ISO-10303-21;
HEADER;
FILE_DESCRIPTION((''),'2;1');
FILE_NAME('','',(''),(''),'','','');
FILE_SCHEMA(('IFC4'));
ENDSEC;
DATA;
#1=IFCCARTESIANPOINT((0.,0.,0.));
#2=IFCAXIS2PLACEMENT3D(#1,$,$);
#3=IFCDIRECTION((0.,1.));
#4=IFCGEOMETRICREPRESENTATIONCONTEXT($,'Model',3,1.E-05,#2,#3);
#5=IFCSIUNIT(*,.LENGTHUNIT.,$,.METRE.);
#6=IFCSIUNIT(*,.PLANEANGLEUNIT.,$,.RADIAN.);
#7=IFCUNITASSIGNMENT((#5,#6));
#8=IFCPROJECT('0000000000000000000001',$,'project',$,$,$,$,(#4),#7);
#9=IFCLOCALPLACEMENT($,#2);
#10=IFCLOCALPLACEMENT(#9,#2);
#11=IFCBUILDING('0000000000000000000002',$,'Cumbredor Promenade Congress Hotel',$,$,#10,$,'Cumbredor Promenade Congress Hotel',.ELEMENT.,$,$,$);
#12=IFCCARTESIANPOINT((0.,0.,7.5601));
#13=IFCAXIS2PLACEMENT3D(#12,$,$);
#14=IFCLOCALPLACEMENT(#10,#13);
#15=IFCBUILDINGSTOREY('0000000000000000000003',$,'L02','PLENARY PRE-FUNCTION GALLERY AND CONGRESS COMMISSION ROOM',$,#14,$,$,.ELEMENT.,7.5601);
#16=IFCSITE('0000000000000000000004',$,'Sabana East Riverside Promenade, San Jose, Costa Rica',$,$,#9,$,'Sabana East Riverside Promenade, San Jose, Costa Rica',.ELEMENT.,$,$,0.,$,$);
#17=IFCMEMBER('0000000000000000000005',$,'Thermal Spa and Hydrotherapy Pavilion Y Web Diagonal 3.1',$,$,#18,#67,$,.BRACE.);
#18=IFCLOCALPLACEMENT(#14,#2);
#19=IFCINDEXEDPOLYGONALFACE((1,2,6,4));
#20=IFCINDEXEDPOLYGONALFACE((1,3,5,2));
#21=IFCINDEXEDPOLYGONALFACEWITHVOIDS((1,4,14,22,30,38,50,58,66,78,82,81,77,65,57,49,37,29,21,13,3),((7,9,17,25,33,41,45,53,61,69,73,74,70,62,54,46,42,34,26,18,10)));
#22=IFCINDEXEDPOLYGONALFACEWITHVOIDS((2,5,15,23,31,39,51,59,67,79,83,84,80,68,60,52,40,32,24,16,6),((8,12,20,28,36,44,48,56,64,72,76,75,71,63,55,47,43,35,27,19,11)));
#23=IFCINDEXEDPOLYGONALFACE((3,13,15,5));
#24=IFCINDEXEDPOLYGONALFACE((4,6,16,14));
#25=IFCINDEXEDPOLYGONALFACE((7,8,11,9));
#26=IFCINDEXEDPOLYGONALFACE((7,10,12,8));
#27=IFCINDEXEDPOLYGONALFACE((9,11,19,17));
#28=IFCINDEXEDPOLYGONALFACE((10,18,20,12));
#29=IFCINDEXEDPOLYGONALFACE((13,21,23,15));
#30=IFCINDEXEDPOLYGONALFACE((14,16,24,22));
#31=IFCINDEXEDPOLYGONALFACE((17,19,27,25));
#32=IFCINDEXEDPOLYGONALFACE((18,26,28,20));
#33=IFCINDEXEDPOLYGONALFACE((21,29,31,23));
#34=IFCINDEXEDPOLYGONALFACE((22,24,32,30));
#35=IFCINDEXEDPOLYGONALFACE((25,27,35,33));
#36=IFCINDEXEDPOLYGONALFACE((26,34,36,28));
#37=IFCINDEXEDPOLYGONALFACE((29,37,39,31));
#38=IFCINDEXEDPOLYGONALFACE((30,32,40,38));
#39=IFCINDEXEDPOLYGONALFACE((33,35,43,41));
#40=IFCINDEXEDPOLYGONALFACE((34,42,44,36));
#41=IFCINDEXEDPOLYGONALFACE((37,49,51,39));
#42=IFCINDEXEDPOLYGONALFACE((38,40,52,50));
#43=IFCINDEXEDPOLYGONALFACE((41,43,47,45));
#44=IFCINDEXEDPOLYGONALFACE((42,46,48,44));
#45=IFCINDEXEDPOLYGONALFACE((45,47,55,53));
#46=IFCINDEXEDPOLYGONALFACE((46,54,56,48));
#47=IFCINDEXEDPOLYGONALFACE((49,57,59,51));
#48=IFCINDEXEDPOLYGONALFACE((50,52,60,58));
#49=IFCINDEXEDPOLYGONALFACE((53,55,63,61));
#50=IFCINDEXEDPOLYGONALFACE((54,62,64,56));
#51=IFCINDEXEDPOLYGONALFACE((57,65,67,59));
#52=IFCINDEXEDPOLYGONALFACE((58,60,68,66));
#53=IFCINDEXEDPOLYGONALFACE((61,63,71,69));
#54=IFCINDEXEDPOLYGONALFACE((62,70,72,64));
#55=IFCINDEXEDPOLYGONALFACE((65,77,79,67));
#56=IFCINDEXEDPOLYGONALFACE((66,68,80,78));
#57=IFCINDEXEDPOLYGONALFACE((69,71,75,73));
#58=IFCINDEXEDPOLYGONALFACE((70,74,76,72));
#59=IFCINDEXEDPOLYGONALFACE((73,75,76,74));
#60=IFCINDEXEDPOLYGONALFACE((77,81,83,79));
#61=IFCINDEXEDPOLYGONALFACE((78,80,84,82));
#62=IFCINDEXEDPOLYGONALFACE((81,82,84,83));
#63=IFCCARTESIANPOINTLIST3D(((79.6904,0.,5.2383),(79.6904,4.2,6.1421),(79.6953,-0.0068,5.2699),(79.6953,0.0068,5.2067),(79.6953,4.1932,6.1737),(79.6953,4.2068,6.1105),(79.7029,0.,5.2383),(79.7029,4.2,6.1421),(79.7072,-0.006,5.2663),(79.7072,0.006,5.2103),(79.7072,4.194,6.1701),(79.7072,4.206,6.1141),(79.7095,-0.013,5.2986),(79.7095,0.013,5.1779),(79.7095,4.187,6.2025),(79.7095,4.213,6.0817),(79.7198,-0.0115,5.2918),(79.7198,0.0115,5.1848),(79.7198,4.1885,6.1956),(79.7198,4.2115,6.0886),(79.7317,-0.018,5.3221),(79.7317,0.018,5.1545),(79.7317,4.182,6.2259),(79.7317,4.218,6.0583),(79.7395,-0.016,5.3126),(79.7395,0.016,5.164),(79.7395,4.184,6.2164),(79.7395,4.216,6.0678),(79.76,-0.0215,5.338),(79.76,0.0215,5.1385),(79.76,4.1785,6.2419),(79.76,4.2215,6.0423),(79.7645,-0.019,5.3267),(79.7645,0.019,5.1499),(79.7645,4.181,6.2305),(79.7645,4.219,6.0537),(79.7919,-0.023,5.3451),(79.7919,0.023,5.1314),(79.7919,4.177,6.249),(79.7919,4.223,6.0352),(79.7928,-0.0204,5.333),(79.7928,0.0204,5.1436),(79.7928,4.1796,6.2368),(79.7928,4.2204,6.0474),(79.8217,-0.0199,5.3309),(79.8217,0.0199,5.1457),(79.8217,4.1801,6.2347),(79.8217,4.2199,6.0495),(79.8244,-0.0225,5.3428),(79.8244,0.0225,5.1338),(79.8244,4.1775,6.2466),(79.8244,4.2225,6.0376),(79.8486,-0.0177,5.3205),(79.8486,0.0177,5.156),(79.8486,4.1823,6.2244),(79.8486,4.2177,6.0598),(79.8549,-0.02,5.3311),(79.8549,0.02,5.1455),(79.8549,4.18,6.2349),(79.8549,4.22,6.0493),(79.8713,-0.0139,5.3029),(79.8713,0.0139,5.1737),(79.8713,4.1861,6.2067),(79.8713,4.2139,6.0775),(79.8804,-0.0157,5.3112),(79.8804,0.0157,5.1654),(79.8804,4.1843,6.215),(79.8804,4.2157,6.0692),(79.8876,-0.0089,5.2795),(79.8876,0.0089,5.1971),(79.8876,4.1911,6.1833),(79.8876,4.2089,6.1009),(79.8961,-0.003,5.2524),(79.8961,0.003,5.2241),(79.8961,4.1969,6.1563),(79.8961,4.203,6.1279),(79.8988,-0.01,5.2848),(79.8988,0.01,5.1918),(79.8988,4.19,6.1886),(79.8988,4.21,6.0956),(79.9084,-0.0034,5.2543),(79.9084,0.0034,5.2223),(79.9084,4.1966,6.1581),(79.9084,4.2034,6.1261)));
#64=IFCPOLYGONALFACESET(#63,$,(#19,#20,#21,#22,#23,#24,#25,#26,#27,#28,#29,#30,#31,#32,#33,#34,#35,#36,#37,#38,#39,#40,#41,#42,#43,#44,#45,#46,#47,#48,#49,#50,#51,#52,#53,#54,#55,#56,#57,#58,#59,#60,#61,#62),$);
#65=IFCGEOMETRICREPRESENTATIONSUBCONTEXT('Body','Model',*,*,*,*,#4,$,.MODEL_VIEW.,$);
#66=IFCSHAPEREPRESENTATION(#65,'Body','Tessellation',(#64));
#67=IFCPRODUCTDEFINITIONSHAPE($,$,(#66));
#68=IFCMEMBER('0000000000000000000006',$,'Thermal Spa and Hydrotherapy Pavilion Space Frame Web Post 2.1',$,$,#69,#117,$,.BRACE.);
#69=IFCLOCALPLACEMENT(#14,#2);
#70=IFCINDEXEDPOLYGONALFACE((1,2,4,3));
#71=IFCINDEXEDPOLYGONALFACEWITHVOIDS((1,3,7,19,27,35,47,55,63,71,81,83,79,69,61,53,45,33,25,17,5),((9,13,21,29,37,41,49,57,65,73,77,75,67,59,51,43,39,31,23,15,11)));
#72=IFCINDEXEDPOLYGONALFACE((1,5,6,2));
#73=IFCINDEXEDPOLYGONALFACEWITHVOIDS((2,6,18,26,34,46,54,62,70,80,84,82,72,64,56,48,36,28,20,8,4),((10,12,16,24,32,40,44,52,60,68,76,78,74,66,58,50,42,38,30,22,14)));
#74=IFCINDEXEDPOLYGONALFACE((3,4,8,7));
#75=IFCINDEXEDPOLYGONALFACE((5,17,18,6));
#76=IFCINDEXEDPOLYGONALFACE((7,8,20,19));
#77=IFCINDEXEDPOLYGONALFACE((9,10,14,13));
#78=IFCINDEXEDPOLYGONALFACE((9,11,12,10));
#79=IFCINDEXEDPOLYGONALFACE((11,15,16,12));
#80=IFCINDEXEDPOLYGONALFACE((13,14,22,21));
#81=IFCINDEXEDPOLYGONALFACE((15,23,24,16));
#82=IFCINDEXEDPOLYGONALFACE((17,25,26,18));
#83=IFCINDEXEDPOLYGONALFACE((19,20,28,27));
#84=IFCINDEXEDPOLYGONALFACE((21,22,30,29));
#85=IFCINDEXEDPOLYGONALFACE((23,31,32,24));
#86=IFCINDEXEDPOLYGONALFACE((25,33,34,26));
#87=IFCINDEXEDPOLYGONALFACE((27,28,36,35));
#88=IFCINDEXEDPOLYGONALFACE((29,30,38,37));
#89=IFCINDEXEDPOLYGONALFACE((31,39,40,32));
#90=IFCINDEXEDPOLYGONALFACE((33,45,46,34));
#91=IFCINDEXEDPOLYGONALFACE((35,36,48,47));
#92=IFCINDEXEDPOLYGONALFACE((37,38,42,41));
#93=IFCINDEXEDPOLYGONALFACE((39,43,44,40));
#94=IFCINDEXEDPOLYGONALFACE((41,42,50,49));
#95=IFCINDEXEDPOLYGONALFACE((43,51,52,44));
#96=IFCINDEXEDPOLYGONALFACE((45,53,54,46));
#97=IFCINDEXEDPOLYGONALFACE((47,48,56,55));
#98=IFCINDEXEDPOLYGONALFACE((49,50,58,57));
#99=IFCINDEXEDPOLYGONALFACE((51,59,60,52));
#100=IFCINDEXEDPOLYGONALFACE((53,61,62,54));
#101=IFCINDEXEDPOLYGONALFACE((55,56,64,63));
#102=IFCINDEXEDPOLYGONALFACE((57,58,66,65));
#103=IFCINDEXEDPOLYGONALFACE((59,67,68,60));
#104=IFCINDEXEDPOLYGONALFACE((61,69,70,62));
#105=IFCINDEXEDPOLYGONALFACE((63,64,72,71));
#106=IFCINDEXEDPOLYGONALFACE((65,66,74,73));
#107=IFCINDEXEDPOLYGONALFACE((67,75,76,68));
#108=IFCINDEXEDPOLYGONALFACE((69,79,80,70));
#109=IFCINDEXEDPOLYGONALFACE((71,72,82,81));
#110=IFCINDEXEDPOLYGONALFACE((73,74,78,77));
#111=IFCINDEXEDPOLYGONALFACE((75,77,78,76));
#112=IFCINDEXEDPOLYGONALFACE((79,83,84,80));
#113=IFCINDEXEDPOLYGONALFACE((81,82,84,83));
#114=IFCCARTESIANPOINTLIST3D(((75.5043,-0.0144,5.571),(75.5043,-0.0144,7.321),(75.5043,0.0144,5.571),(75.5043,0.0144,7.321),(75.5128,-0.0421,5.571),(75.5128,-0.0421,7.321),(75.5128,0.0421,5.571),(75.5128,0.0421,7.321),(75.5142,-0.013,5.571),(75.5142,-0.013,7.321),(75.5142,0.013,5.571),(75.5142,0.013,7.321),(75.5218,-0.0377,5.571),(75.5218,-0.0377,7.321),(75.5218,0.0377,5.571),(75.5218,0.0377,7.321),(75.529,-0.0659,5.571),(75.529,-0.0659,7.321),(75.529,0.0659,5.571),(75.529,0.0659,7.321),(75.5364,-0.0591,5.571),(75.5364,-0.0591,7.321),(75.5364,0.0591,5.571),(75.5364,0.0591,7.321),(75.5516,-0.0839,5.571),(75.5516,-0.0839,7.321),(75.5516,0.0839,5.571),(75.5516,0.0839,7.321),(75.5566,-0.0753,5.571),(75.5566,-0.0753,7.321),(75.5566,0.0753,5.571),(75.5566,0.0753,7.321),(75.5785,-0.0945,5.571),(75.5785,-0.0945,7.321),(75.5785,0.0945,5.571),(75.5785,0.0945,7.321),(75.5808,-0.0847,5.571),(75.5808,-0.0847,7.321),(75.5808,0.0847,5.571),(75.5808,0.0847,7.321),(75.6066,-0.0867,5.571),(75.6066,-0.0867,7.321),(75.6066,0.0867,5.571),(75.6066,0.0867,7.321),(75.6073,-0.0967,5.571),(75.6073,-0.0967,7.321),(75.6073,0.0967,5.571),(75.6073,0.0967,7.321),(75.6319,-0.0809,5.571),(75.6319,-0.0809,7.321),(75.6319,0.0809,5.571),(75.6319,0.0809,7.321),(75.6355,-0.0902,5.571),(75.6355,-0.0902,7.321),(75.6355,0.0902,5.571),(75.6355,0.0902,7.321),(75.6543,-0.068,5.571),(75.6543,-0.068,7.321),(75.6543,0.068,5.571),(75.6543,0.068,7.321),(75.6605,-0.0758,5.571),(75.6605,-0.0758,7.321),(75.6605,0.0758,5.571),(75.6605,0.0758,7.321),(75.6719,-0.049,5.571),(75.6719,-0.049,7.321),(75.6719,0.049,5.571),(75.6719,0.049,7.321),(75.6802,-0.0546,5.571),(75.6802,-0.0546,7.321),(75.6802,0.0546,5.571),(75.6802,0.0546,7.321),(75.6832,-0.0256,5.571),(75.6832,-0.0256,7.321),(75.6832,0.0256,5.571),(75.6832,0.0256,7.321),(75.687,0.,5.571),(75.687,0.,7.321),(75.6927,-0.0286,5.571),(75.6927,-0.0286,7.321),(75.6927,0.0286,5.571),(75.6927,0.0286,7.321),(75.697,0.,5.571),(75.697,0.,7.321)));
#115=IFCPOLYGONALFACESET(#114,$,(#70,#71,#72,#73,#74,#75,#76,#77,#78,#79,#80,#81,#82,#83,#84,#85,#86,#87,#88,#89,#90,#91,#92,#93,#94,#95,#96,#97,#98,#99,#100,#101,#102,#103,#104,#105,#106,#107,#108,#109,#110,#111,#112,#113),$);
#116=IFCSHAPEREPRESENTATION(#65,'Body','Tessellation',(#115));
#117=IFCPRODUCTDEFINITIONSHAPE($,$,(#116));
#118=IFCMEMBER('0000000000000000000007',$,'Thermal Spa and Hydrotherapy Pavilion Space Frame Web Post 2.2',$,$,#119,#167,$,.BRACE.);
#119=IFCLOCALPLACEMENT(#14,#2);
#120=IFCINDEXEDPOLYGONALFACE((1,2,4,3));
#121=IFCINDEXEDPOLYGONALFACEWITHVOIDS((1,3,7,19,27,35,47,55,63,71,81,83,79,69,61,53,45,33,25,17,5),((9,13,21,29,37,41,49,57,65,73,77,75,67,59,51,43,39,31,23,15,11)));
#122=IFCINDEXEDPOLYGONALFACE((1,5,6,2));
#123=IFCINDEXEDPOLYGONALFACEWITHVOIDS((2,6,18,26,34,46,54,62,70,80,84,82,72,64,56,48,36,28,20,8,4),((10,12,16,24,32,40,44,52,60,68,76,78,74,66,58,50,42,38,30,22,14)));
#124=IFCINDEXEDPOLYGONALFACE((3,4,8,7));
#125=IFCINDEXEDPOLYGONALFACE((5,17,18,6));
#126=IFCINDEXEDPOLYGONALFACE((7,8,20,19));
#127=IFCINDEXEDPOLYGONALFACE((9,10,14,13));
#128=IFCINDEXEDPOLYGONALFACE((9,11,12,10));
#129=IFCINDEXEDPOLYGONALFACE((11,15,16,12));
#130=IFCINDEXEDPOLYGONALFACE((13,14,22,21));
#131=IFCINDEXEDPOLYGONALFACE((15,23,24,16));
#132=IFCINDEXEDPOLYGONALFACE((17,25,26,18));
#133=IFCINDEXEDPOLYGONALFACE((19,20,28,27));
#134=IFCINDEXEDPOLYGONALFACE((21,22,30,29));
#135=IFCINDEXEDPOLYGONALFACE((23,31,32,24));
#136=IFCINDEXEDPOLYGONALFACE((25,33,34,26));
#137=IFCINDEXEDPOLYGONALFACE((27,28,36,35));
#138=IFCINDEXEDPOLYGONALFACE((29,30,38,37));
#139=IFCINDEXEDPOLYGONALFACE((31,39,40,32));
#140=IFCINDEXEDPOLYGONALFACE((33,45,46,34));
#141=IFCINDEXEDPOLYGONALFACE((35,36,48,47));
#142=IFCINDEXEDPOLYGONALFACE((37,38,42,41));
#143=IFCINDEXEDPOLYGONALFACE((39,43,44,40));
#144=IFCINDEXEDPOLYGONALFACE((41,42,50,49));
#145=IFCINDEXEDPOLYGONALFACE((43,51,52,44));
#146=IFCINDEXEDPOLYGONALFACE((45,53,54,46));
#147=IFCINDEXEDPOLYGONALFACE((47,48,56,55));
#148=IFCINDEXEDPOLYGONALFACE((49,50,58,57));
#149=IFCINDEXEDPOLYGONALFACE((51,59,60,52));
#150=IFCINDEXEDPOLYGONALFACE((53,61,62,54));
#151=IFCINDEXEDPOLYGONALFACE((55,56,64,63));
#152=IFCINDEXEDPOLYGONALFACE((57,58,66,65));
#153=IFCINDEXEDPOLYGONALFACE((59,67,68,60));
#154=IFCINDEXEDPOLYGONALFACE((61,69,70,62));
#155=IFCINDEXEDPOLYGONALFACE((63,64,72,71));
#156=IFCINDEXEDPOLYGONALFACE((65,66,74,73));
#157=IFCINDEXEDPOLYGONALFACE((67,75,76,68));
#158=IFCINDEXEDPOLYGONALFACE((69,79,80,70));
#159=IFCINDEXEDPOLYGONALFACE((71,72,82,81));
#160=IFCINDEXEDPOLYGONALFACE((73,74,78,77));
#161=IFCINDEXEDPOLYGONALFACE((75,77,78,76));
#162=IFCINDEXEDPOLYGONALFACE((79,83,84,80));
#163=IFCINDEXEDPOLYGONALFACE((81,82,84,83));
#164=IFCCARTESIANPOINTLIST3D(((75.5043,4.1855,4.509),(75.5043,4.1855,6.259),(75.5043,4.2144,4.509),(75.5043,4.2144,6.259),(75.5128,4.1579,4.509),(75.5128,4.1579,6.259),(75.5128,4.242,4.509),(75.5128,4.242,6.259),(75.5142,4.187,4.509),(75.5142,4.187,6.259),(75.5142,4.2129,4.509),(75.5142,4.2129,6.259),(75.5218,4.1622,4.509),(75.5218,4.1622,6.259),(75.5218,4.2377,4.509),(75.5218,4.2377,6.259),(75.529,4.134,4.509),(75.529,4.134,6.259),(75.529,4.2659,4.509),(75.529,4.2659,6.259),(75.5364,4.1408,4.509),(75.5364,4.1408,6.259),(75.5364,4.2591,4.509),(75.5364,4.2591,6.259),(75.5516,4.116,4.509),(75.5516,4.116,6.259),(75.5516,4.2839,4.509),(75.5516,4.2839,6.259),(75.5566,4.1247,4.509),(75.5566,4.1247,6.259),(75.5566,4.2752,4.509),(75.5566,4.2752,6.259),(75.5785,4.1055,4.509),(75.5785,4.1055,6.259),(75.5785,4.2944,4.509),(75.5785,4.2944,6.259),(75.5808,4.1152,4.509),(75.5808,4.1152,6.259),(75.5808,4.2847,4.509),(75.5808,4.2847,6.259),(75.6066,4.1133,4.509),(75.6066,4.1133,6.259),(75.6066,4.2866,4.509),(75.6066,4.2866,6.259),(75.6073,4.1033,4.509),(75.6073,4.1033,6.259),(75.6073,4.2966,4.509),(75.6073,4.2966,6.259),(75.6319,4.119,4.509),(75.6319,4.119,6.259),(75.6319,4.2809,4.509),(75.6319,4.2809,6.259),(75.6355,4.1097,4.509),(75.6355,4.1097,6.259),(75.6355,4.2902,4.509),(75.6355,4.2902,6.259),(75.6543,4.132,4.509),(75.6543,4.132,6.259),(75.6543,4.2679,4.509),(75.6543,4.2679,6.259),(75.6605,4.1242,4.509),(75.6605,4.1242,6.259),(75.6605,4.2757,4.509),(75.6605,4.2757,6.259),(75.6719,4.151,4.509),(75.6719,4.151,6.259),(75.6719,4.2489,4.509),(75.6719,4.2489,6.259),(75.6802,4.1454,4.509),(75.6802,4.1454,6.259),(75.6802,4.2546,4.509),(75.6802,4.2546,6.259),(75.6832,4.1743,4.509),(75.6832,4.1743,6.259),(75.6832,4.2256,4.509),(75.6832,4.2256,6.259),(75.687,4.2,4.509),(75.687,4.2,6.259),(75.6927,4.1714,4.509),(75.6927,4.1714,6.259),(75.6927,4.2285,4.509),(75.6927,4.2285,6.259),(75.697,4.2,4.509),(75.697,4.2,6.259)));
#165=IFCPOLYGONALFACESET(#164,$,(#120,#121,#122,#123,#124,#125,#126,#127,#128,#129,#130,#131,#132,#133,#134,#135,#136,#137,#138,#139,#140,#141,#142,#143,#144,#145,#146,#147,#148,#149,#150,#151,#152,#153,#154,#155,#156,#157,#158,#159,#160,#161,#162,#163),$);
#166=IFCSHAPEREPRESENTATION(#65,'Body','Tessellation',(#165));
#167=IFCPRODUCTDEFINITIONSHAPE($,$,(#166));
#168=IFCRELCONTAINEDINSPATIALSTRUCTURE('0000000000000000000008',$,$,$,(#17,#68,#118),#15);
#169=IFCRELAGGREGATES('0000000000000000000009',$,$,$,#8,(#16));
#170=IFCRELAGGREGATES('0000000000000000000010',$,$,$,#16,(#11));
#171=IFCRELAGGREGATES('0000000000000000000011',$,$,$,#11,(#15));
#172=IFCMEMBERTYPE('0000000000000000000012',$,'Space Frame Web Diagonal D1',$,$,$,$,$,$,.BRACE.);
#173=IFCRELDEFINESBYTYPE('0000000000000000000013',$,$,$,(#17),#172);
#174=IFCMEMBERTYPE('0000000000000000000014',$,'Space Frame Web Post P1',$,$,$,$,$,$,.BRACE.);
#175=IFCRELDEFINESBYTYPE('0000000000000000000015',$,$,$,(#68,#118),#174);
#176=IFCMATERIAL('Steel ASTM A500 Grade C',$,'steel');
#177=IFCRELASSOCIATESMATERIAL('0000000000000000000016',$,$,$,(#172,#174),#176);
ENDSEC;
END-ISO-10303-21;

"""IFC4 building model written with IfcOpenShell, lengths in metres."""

from ifc_helpers import new_model, si_unit, direction, frame, origin, origin_2d, place, context, subcontext, project, spatial, hollow_circle, extrude, material, material_profile, profile_set, type_object, element, save


model = new_model("IFC4")

# Units and contexts
model_context = context("Model", 3, precision=1e-05, world=origin(), true_north=direction((0.0, 1.0)))
body_context = subcontext(model_context, "Body", "Model", "MODEL_VIEW")
ifc_project = project(units=[si_unit("LENGTHUNIT", "METRE"), si_unit("PLANEANGLEUNIT", "RADIAN")], contexts=[model_context])

# Site, building, storey
site_placement = place(None, origin())
site = spatial("IfcSite", under=ifc_project, at=site_placement, Name="Sabana East Riverside Promenade, San Jose, Costa Rica", LongName="Sabana East Riverside Promenade, San Jose, Costa Rica", CompositionType="ELEMENT", RefElevation=0.0)
building_placement = place(site_placement, origin())
building = spatial("IfcBuilding", under=site, at=building_placement, Name="Cumbredor Promenade Congress Hotel", LongName="Cumbredor Promenade Congress Hotel", CompositionType="ELEMENT")
storey_placement = place(building_placement, frame((0.0, 0.0, 7.5601)))
storey = spatial("IfcBuildingStorey", under=building, at=storey_placement, Name="L02", Description="PLENARY PRE-FUNCTION GALLERY AND CONGRESS COMMISSION ROOM", CompositionType="ELEMENT", Elevation=7.5601)

# Members
ifc_material_1 = material(Name="Steel ASTM A500 Grade C", Category="steel")
ifc_material_profile_1 = material_profile(ifc_material_1, hollow_circle(Radius=0.1096, WallThickness=0.0125, at=origin_2d()), Name="CHS 219.1x12.5")
ifc_profile_set_1 = profile_set([ifc_material_profile_1], Name="Steel ASTM A500 Grade C")
member_type_1 = type_object("IfcMemberType", Name="Space Frame Web Diagonal D1", PredefinedType="BRACE", material=ifc_profile_set_1)
member_1_placement = place(storey_placement, frame((79.8, 0.0, 5.2383), z_axis=(0.0, 0.97762, 0.210379), x_axis=(-1.0, 0.0, 0.0)))
element("IfcMember", 1, at=member_1_placement, inside=storey, type_object=member_type_1, Name="Thermal Spa and Hydrotherapy Pavilion Y Web Diagonal 3.1", PredefinedType="BRACE", context=body_context, shape_type="SweptSolid", body=[
    extrude(hollow_circle(Radius=0.1096, WallThickness=0.0125, at=origin_2d()), origin(), (0.0, 0.0, 1.0), 4.2961),
])
ifc_material_profile_2 = material_profile(ifc_material_1, hollow_circle(Radius=0.0969, WallThickness=0.01, at=origin_2d()), Name="CHS 193.7x10")
ifc_profile_set_2 = profile_set([ifc_material_profile_2], Name="Steel ASTM A500 Grade C")
member_type_2 = type_object("IfcMemberType", Name="Space Frame Web Post P1", PredefinedType="BRACE", material=ifc_profile_set_2)
for number, where, z_axis, x_axis, name in (
    (2, (75.6001, 0.0, 5.571), (0.0, 0.0, 1.0), (1.0, 0.0, 0.0), "Thermal Spa and Hydrotherapy Pavilion Space Frame Web Post 2.1"),
    (3, (75.6001, 4.2, 4.509), (0.0, 0.0, 1.0), (1.0, 0.0, 0.0), "Thermal Spa and Hydrotherapy Pavilion Space Frame Web Post 2.2"),
):
    element("IfcMember", number, at=place(storey_placement, frame(where, z_axis=z_axis, x_axis=x_axis)), inside=storey, type_object=member_type_2, Name=name, PredefinedType="BRACE", context=body_context, shape_type="SweptSolid", body=[
        extrude(hollow_circle(Radius=0.0969, WallThickness=0.01, at=origin_2d()), origin(), (0.0, 0.0, 1.0), 1.75),
    ])

save(model, "model.ifc")
